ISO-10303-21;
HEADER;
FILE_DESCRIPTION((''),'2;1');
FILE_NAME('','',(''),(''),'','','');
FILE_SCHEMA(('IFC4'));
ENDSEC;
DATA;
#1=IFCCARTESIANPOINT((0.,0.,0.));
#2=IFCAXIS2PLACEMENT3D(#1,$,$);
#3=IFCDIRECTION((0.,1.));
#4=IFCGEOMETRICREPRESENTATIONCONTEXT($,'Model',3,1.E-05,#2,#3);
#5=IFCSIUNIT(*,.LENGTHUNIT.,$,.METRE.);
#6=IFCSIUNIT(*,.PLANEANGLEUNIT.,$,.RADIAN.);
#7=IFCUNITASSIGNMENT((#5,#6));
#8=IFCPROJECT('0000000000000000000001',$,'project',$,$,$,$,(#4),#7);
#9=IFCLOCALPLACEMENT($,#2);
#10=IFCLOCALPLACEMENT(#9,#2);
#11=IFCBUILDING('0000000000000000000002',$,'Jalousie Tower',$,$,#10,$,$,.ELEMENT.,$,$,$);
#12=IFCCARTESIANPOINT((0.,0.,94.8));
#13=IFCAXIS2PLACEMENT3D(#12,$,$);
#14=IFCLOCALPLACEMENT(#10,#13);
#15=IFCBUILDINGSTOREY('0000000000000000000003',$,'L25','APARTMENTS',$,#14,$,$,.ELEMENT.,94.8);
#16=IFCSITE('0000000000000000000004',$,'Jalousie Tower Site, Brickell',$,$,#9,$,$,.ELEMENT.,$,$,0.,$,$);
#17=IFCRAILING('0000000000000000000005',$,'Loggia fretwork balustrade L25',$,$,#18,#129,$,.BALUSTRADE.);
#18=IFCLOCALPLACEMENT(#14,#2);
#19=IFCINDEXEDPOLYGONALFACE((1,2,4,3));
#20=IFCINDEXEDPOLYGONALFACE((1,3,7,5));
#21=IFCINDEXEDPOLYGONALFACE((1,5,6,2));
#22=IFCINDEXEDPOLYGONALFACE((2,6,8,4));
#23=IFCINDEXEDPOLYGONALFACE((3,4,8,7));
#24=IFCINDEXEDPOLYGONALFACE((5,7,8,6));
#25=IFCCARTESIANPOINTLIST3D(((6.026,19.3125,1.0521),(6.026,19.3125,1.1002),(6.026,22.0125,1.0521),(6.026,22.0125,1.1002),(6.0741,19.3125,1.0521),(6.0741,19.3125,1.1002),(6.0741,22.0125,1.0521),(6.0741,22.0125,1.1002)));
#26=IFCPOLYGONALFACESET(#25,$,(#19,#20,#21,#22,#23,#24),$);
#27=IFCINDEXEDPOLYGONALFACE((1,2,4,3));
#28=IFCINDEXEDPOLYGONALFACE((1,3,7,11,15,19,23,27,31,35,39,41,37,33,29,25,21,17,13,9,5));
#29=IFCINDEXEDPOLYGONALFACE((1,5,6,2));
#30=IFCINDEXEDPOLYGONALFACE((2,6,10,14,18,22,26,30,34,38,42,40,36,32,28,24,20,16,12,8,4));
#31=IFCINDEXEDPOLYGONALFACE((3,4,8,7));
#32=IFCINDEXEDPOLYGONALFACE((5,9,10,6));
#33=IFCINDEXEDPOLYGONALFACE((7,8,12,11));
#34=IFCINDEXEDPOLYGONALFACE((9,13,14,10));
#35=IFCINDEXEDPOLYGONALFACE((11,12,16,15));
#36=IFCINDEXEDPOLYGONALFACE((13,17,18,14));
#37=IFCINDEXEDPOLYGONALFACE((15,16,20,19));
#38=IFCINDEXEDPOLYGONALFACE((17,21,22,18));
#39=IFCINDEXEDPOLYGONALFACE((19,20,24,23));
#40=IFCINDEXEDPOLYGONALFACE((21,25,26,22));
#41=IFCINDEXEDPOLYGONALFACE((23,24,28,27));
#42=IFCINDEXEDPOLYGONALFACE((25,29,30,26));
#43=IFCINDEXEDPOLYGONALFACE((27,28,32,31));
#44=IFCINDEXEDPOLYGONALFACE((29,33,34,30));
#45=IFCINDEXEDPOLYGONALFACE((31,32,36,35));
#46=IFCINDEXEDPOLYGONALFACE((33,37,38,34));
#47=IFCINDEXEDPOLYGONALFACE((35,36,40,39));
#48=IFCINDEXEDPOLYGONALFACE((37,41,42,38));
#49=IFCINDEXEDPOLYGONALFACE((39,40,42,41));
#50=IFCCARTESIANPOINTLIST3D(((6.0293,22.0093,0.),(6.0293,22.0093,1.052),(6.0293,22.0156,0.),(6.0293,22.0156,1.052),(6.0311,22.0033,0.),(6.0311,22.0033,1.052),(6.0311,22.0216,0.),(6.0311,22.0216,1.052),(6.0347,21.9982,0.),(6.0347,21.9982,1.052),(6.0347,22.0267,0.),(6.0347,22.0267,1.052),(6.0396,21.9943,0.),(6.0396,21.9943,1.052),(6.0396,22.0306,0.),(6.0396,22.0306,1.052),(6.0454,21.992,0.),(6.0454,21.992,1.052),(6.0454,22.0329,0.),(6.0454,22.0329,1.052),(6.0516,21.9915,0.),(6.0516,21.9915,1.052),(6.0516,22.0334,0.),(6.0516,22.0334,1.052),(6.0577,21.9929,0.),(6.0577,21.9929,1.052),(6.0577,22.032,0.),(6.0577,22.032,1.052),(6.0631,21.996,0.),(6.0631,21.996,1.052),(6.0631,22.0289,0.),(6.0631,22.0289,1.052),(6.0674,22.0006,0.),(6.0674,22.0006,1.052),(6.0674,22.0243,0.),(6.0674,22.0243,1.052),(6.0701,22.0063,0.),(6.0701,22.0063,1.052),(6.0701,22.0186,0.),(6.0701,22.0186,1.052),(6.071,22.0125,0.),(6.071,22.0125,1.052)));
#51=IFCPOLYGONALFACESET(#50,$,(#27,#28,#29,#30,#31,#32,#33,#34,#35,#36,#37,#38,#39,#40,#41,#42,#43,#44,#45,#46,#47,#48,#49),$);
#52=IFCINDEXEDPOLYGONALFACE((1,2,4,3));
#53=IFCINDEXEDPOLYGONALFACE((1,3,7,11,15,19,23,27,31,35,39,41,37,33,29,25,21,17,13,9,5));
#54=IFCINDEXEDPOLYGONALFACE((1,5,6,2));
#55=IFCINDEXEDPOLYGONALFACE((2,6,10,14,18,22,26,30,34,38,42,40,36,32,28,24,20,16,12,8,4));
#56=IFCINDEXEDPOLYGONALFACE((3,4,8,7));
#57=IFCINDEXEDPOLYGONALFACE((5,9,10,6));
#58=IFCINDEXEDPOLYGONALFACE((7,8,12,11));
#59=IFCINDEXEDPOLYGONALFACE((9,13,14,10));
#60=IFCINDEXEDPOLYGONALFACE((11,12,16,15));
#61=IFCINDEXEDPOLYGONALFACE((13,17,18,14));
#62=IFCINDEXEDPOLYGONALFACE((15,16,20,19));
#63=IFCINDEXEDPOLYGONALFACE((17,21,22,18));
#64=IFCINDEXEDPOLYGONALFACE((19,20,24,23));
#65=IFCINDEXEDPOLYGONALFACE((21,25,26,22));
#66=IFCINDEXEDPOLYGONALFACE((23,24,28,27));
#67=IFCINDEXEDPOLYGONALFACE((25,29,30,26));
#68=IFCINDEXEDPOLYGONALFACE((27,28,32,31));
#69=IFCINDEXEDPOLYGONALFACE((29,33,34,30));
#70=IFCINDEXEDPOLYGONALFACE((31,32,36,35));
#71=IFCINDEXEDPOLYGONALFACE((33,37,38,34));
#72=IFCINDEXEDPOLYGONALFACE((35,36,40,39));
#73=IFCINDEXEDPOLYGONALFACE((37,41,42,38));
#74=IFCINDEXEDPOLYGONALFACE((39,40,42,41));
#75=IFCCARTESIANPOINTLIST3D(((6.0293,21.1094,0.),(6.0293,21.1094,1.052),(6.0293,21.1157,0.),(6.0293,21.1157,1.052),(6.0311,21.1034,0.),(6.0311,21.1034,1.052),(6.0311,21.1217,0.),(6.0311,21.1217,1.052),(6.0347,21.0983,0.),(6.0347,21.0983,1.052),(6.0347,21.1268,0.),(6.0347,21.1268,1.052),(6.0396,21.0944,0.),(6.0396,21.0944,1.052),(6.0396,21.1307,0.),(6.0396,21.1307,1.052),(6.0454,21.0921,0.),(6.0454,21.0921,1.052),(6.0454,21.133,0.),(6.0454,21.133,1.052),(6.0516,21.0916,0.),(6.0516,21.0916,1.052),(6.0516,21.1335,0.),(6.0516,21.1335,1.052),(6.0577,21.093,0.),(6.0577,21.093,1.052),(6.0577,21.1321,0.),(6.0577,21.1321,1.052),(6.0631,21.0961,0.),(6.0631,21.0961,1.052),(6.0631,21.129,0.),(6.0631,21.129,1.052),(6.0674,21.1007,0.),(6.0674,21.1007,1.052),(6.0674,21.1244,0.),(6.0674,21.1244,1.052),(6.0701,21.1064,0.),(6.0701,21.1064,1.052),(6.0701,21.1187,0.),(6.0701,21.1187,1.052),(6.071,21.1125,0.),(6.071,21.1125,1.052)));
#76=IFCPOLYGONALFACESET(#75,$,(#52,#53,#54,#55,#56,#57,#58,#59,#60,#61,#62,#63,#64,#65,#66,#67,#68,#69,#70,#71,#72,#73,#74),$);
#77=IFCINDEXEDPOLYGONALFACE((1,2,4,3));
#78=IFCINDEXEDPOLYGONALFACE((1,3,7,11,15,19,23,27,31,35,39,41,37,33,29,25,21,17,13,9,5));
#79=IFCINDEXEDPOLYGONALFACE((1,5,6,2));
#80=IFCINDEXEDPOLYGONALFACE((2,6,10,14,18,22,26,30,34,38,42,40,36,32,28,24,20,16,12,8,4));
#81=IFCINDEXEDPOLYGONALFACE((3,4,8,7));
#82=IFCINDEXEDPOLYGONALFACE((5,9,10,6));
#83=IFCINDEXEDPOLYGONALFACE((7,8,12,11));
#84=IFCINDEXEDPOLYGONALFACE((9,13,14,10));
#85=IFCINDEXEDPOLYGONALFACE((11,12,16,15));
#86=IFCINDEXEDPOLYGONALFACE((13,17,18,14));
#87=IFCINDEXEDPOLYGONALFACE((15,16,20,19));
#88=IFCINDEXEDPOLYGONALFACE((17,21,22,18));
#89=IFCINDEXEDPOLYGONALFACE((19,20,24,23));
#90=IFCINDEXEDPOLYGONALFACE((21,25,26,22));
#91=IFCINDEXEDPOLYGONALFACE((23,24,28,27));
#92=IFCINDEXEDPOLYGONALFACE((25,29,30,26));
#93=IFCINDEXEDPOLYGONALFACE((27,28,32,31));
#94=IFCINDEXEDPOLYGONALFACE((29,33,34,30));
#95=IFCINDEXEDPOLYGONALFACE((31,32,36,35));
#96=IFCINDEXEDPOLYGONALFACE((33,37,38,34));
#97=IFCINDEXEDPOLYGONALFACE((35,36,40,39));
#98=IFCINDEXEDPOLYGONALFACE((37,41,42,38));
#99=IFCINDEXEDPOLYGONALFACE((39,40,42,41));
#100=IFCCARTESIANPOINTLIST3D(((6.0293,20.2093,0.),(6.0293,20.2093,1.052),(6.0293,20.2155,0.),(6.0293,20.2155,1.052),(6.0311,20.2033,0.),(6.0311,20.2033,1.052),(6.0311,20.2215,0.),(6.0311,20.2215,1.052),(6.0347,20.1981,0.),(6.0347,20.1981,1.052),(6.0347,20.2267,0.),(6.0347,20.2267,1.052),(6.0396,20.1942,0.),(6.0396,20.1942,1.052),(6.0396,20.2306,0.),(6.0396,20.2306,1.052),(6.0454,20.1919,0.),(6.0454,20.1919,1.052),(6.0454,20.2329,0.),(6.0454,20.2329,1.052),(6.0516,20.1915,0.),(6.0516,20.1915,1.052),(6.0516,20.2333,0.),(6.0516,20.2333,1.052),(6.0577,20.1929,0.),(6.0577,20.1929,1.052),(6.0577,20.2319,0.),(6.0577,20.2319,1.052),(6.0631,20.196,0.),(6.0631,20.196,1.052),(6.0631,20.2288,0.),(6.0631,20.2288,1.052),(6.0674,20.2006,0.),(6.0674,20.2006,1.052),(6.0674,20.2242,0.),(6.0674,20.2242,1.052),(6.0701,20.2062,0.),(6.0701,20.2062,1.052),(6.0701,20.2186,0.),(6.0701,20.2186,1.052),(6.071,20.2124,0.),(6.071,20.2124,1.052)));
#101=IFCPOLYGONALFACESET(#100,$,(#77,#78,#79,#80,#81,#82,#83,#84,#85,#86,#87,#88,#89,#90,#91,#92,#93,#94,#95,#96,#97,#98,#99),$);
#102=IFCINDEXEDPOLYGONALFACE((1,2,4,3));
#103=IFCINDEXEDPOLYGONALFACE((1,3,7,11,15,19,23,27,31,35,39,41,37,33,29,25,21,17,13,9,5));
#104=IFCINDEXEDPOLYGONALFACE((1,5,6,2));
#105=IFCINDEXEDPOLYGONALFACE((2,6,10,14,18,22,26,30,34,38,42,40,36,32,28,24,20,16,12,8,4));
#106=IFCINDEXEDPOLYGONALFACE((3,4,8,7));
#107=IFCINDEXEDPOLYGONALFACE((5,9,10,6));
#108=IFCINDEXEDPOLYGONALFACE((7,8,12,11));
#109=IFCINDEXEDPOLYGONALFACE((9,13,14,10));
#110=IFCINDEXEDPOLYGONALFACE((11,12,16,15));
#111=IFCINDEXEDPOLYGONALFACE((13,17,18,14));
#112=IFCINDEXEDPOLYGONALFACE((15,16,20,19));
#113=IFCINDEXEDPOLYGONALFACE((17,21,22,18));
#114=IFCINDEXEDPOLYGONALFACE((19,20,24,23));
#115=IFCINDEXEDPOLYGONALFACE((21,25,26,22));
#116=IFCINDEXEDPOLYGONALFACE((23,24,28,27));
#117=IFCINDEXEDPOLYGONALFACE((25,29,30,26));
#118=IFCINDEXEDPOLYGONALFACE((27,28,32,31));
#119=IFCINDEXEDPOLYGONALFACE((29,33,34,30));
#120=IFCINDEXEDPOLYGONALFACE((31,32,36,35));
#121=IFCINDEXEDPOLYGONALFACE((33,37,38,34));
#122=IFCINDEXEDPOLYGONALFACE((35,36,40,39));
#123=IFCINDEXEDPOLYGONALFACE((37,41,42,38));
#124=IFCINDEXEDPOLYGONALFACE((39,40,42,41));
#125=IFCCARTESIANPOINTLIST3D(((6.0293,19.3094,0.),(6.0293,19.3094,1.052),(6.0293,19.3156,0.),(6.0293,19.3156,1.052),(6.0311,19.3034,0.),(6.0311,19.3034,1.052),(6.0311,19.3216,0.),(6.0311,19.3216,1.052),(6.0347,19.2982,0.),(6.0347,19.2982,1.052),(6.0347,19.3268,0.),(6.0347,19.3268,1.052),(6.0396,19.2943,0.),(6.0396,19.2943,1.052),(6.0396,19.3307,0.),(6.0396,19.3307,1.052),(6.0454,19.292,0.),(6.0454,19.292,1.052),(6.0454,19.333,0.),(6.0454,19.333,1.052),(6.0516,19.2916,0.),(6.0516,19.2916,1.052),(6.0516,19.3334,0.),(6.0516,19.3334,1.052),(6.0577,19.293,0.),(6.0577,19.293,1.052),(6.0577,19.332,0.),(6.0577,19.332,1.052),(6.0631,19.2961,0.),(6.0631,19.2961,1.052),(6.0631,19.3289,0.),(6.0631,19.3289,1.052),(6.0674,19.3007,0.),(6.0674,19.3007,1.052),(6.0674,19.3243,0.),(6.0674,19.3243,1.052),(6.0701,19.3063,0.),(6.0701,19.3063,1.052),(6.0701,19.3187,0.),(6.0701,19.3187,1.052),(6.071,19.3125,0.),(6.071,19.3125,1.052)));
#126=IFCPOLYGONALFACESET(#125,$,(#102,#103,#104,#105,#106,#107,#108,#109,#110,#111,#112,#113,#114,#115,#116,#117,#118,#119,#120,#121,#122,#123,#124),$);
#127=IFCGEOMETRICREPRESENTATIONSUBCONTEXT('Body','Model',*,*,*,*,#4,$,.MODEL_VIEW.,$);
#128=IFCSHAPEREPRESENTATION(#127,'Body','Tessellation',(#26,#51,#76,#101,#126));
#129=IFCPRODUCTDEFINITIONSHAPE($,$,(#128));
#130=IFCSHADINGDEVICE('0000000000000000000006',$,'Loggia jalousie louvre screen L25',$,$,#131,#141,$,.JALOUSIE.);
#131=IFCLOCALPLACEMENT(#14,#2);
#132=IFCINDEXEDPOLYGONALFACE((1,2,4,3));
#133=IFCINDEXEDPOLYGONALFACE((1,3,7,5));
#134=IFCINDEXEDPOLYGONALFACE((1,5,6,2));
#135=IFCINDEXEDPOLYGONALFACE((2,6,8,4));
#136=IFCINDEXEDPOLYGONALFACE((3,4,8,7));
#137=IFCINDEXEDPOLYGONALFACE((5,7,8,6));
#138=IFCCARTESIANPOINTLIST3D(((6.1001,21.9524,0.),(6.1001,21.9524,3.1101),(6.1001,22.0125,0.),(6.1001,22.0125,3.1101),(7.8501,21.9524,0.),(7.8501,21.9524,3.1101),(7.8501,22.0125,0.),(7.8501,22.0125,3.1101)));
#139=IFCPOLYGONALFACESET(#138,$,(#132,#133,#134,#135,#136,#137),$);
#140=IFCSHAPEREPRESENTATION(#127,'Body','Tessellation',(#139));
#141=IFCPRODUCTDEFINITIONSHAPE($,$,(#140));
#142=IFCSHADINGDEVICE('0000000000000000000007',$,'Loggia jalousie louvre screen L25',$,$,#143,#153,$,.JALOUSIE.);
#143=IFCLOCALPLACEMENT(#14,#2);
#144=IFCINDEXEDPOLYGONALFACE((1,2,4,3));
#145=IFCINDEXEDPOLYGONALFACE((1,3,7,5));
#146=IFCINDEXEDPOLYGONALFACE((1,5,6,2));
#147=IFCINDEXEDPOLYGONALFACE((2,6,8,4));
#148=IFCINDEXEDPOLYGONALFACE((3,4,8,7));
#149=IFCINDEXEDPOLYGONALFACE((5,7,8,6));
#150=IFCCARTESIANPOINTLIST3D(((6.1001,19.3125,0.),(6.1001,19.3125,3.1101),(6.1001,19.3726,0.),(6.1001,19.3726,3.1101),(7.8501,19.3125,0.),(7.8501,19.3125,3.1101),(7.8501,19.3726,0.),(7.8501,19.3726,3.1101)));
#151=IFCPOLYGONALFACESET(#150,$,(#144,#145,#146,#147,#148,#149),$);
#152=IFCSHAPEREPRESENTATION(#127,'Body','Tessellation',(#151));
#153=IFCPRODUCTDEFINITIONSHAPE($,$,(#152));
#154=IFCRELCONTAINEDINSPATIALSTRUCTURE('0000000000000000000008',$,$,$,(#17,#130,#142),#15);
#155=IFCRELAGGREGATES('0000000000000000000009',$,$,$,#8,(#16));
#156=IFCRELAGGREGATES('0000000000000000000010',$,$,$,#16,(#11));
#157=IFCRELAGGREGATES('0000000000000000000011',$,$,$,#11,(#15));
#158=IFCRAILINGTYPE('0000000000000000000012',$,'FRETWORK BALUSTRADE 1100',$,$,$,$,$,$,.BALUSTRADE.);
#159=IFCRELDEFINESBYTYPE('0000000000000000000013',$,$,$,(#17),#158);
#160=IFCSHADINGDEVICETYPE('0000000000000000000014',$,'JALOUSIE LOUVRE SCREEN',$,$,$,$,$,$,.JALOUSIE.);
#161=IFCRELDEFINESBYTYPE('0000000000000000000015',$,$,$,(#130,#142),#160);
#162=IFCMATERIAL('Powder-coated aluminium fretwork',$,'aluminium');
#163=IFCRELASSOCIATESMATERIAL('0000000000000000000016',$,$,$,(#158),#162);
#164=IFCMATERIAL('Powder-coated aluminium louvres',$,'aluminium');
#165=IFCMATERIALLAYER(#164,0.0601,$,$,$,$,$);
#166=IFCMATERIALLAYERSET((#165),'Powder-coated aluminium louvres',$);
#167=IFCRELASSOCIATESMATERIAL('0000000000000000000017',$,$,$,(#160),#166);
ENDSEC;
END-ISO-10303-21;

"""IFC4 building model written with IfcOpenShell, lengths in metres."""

from ifc_helpers import new_model, si_unit, direction, frame, origin, origin_2d, place, context, subcontext, project, spatial, rectangle, circle, extrude, material, layer, layer_set, type_object, element, save


model = new_model("IFC4")

# Units and contexts
model_context = context("Model", 3, precision=1e-05, world=origin(), true_north=direction((0.0, 1.0)))
body_context = subcontext(model_context, "Body", "Model", "MODEL_VIEW")
ifc_project = project(units=[si_unit("LENGTHUNIT", "METRE"), si_unit("PLANEANGLEUNIT", "RADIAN")], contexts=[model_context])

# Site, building, storey
site_placement = place(None, origin())
site = spatial("IfcSite", under=ifc_project, at=site_placement, Name="Jalousie Tower Site, Brickell", CompositionType="ELEMENT", RefElevation=0.0)
building_placement = place(site_placement, origin())
building = spatial("IfcBuilding", under=site, at=building_placement, Name="Jalousie Tower", CompositionType="ELEMENT")
storey_placement = place(building_placement, frame((0.0, 0.0, 94.8)))
storey = spatial("IfcBuildingStorey", under=building, at=storey_placement, Name="L25", Description="APARTMENTS", CompositionType="ELEMENT", Elevation=94.8)

# Railing
ifc_material_1 = material(Name="Powder-coated aluminium fretwork", Category="aluminium")
railing_type = type_object("IfcRailingType", Name="FRETWORK BALUSTRADE 1100", PredefinedType="BALUSTRADE", material=ifc_material_1)
railing_placement = place(storey_placement, frame((6.05, 22.0125, 0.0)))
element("IfcRailing", 1, at=railing_placement, inside=storey, type_object=railing_type, Name="Loggia fretwork balustrade L25", PredefinedType="BALUSTRADE", context=body_context, shape_type="SweptSolid", body=[
    extrude(rectangle(XDim=0.0481, YDim=0.0481, at=origin_2d()), frame((0.0, 0.0, 1.0762), z_axis=(0.0, -1.0, 0.0), x_axis=(1.0, 0.0, 0.0)), (0.0, 0.0, 1.0), 2.7),
    extrude(circle(Radius=0.021, at=origin_2d()), origin(), (0.0, 0.0, 1.0), 1.052),
    extrude(circle(Radius=0.021, at=origin_2d()), frame((0.0, -0.8999, 0.0)), (0.0, 0.0, 1.0), 1.052),
    extrude(circle(Radius=0.021, at=origin_2d()), frame((0.0, -1.8, 0.0)), (0.0, 0.0, 1.0), 1.052),
    extrude(circle(Radius=0.021, at=origin_2d()), frame((0.0, -2.7, 0.0)), (0.0, 0.0, 1.0), 1.052),
])

# Shading devices
ifc_material_2 = material(Name="Powder-coated aluminium louvres", Category="aluminium")
ifc_layer_1 = layer(ifc_material_2, 0.0601)
ifc_layer_set_1 = layer_set([ifc_layer_1], Name="Powder-coated aluminium louvres")
shading_device_type_1 = type_object("IfcShadingDeviceType", Name="JALOUSIE LOUVRE SCREEN", PredefinedType="JALOUSIE", material=ifc_layer_set_1)
for number, where, z_axis, x_axis, name in (
    (2, (6.9751, 21.9824, 0.0), (0.0, 0.0, 1.0), (0.0, -1.0, 0.0), "Loggia jalousie louvre screen L25"),
    (3, (6.9751, 19.3425, 0.0), (0.0, 0.0, 1.0), (0.0, -1.0, 0.0), "Loggia jalousie louvre screen L25"),
):
    element("IfcShadingDevice", number, at=place(storey_placement, frame(where, z_axis=z_axis, x_axis=x_axis)), inside=storey, type_object=shading_device_type_1, Name=name, PredefinedType="JALOUSIE", context=body_context, shape_type="SweptSolid", body=[
        extrude(rectangle(XDim=0.0601, YDim=1.75, at=origin_2d()), origin(), (0.0, 0.0, 1.0), 3.1101),
    ])

save(model, "model.ifc")
